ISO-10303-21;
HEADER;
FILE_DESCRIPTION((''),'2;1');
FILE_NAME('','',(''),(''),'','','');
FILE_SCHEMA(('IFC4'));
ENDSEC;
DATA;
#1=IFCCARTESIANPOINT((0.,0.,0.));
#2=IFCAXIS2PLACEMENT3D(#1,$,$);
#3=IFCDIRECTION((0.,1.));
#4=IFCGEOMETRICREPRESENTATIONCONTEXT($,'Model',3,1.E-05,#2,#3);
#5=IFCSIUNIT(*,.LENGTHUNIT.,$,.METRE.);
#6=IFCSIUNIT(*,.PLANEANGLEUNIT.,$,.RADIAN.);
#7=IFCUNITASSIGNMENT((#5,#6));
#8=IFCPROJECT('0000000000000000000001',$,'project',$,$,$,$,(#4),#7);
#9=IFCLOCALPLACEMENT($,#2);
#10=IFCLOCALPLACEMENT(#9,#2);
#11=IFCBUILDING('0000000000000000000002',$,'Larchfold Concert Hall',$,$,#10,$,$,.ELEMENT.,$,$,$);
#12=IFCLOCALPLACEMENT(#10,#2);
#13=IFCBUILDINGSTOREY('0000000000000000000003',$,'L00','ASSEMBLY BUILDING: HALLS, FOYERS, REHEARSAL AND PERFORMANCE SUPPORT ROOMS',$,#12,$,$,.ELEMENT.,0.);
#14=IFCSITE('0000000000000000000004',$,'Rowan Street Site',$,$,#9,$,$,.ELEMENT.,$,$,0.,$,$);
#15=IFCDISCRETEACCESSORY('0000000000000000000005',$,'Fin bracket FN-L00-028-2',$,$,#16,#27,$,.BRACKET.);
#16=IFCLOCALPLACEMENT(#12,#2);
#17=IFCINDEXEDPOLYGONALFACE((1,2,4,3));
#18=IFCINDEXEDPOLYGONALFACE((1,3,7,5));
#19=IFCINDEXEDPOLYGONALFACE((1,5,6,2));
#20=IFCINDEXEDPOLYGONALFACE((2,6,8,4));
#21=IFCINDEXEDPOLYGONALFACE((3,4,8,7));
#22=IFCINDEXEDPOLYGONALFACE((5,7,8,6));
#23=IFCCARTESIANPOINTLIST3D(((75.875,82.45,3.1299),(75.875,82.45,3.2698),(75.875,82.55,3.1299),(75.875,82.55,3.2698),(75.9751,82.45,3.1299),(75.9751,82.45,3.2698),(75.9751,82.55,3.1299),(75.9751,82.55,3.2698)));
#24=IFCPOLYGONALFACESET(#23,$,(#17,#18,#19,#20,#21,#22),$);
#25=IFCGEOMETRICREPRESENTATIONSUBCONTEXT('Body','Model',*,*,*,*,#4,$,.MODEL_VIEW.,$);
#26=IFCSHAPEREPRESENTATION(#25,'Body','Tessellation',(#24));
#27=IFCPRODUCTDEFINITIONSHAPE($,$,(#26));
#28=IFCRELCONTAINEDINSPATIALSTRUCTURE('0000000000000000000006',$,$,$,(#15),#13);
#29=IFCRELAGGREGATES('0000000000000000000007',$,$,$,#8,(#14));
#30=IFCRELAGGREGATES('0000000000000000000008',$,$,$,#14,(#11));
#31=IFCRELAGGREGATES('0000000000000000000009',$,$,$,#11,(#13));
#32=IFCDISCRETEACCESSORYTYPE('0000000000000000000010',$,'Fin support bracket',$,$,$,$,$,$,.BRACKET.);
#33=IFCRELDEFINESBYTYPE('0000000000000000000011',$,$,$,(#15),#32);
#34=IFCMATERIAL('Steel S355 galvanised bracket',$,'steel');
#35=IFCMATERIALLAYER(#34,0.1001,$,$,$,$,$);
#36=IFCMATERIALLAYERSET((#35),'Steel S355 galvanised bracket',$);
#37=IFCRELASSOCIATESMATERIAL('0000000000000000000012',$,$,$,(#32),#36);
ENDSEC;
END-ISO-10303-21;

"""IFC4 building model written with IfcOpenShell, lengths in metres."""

from ifc_helpers import new_model, si_unit, direction, frame, origin, origin_2d, place, context, subcontext, project, spatial, rectangle, extrude, material, layer, layer_set, type_object, element, save


model = new_model("IFC4")

# Units and contexts
model_context = context("Model", 3, precision=1e-05, world=origin(), true_north=direction((0.0, 1.0)))
body_context = subcontext(model_context, "Body", "Model", "MODEL_VIEW")
ifc_project = project(units=[si_unit("LENGTHUNIT", "METRE"), si_unit("PLANEANGLEUNIT", "RADIAN")], contexts=[model_context])

# Site, building, storey
site_placement = place(None, origin())
site = spatial("IfcSite", under=ifc_project, at=site_placement, Name="Rowan Street Site", CompositionType="ELEMENT", RefElevation=0.0)
building_placement = place(site_placement, origin())
building = spatial("IfcBuilding", under=site, at=building_placement, Name="Larchfold Concert Hall", CompositionType="ELEMENT")
storey_placement = place(building_placement, origin())
storey = spatial("IfcBuildingStorey", under=building, at=storey_placement, Name="L00", Description="ASSEMBLY BUILDING: HALLS, FOYERS, REHEARSAL AND PERFORMANCE SUPPORT ROOMS", CompositionType="ELEMENT", Elevation=0.0)

# Discrete accessory
ifc_material_1 = material(Name="Steel S355 galvanised bracket", Category="steel")
ifc_layer_1 = layer(ifc_material_1, 0.1001)
ifc_layer_set_1 = layer_set([ifc_layer_1], Name="Steel S355 galvanised bracket")
discrete_accessory_type = type_object("IfcDiscreteAccessoryType", Name="Fin support bracket", PredefinedType="BRACKET", material=ifc_layer_set_1)
for number, where, z_axis, x_axis, name in (
    (1, (75.925, 82.5, 3.1299), (0.0, 0.0, 1.0), (-1.0, 0.0, 0.0), "Fin bracket FN-L00-028-2"),
):
    element("IfcDiscreteAccessory", number, at=place(storey_placement, frame(where, z_axis=z_axis, x_axis=x_axis)), inside=storey, type_object=discrete_accessory_type, Name=name, PredefinedType="BRACKET", context=body_context, shape_type="SweptSolid", body=[
        extrude(rectangle(XDim=0.1001, YDim=0.1001, at=origin_2d()), origin(), (0.0, 0.0, 1.0), 0.1399),
    ])

save(model, "model.ifc")
